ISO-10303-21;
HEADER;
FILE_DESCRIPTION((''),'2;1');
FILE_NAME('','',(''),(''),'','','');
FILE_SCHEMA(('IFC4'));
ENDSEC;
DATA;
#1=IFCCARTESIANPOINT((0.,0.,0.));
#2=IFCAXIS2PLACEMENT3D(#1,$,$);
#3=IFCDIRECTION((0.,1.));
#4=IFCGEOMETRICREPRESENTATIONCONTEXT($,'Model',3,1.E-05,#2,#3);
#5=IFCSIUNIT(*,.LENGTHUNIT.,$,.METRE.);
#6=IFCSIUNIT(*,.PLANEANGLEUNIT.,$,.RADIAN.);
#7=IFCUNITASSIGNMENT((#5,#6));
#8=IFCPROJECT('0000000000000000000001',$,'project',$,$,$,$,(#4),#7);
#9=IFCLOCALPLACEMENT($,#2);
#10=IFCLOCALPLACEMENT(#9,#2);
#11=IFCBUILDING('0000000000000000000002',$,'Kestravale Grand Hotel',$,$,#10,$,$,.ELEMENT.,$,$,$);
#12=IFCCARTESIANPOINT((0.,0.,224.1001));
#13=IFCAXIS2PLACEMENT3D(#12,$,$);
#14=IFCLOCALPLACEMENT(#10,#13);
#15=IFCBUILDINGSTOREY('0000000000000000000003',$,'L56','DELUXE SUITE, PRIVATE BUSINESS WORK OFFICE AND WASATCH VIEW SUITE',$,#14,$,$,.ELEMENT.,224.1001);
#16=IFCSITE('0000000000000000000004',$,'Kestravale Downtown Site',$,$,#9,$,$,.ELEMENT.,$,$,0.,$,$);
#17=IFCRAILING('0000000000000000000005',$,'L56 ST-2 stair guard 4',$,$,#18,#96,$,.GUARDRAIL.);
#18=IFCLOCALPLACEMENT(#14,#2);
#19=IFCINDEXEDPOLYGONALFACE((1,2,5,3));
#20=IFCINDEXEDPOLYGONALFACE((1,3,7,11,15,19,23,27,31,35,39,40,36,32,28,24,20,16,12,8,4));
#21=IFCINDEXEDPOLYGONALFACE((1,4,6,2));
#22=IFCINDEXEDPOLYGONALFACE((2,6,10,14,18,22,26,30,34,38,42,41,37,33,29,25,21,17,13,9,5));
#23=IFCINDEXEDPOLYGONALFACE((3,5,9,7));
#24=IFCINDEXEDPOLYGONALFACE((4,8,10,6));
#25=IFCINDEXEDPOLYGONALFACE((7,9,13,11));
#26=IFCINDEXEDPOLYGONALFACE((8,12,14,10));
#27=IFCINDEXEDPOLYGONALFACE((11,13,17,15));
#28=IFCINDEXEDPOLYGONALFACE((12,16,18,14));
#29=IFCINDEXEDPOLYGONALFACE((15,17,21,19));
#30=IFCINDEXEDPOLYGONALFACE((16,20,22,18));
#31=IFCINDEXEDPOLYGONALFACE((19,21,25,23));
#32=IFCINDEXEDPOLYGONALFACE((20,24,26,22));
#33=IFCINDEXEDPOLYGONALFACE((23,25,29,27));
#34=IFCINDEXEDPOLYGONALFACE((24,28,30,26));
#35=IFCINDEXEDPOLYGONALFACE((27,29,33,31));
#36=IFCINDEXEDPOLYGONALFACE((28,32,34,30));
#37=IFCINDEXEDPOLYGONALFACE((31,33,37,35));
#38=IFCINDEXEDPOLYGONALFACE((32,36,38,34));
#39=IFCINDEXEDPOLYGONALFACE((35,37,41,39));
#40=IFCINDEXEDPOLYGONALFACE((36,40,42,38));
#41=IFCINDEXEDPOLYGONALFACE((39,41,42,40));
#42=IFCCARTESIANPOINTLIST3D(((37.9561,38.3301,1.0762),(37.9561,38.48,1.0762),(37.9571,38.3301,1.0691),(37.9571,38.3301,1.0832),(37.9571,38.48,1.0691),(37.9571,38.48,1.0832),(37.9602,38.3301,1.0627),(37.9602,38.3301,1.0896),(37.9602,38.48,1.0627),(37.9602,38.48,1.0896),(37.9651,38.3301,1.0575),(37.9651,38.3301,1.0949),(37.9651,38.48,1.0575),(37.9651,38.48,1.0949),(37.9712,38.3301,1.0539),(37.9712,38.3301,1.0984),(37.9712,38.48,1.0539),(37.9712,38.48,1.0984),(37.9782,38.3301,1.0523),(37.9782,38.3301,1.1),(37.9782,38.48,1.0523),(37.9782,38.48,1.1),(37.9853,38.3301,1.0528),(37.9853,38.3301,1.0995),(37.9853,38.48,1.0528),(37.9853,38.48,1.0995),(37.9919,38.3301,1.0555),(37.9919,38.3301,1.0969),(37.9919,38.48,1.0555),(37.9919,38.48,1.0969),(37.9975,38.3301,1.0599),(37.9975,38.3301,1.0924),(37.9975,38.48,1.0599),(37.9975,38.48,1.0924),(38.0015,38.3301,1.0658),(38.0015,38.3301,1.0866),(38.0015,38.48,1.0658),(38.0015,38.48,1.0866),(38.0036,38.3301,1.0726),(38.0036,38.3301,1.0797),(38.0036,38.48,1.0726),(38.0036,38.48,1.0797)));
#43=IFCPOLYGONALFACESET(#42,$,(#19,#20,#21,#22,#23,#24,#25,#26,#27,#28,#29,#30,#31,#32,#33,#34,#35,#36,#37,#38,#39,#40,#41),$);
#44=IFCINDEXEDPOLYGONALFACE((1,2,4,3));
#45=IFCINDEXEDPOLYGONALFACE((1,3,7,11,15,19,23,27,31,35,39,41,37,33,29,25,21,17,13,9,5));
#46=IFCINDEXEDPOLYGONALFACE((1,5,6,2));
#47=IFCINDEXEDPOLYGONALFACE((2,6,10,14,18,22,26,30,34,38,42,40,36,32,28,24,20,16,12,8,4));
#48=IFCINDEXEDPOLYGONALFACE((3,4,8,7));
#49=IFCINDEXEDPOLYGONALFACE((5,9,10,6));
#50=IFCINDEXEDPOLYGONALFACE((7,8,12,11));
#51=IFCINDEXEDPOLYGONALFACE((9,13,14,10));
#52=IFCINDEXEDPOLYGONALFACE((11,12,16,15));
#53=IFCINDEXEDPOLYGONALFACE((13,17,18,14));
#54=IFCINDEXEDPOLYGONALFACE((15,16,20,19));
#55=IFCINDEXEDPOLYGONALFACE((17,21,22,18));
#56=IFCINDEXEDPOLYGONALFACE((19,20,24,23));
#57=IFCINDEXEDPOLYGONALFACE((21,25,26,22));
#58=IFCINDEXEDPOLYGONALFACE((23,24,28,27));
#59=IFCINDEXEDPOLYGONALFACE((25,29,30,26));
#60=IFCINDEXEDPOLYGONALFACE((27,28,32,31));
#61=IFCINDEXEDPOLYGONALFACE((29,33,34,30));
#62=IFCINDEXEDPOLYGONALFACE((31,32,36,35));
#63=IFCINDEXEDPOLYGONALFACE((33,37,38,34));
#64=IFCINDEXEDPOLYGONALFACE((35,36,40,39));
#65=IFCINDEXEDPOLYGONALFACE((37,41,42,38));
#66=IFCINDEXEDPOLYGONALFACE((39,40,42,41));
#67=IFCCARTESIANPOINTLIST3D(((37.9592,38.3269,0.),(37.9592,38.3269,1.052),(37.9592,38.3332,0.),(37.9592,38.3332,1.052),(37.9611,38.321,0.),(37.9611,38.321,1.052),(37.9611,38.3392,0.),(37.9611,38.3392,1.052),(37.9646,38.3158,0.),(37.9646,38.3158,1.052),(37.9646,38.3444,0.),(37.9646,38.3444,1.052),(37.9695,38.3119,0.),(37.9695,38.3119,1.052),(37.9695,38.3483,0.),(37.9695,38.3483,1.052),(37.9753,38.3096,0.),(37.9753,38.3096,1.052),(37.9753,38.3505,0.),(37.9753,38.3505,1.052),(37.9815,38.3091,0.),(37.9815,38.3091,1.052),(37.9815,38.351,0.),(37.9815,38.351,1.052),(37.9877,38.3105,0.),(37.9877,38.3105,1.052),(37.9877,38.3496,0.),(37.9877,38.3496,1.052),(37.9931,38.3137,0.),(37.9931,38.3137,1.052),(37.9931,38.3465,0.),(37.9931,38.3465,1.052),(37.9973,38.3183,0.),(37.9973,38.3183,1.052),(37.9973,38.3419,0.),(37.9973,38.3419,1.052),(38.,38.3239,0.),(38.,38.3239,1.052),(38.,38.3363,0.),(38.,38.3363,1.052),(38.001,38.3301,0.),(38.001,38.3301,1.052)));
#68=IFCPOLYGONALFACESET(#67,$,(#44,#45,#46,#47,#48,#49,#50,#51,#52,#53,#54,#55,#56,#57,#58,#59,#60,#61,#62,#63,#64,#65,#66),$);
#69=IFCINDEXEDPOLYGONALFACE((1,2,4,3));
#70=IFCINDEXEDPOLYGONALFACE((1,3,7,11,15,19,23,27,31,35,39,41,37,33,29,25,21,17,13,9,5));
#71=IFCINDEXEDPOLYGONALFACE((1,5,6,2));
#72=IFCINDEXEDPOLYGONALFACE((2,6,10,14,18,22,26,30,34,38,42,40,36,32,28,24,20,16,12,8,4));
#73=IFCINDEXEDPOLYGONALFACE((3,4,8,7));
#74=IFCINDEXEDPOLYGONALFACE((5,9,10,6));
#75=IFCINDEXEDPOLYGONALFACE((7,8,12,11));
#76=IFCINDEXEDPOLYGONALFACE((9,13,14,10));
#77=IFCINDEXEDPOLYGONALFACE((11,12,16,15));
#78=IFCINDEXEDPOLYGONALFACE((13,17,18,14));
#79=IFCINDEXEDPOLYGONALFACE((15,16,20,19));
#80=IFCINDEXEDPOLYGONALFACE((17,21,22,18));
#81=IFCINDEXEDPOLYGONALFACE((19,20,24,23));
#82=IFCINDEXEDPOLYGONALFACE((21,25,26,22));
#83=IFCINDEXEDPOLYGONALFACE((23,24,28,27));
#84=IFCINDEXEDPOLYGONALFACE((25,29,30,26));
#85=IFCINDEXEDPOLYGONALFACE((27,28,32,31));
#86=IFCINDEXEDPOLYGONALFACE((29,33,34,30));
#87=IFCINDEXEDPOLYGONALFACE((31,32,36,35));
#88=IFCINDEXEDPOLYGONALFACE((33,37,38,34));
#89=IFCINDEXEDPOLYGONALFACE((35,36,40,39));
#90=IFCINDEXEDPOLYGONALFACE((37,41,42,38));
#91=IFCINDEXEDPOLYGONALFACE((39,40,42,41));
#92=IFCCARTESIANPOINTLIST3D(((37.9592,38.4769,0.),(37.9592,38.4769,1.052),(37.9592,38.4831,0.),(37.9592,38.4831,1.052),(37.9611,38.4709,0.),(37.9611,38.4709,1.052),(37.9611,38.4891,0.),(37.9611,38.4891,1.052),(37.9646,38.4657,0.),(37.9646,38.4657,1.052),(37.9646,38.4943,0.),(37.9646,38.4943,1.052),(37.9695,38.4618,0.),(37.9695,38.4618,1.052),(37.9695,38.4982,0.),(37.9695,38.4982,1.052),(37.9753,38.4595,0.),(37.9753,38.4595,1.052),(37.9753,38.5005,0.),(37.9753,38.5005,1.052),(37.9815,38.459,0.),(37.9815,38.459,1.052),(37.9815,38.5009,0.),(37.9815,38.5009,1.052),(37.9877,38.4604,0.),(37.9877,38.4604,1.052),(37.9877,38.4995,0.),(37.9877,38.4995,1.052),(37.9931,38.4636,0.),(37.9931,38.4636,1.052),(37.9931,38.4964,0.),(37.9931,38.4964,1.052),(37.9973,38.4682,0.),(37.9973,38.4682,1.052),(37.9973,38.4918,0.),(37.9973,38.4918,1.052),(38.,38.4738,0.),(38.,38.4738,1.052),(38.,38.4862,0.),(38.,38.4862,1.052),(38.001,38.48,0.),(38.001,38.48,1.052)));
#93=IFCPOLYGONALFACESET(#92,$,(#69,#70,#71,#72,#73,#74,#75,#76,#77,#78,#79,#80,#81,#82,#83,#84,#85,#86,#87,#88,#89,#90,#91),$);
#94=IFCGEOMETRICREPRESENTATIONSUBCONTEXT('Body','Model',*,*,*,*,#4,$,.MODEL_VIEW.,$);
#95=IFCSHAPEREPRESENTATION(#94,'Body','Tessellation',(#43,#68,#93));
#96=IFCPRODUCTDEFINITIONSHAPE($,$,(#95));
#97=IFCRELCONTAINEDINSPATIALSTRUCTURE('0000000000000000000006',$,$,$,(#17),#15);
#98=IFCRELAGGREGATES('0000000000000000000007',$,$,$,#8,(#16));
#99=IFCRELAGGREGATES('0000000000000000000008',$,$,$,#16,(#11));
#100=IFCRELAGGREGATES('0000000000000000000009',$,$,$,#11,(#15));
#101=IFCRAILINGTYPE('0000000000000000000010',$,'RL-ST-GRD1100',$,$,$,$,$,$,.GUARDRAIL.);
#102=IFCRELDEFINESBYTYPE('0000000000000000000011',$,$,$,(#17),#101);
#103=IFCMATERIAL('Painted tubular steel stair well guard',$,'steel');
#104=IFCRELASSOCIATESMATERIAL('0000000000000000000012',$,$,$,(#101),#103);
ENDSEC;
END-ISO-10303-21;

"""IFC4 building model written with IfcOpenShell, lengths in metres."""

from ifc_helpers import new_model, si_unit, direction, frame, origin, origin_2d, place, context, subcontext, project, spatial, circle, extrude, material, type_object, element, save


model = new_model("IFC4")

# Units and contexts
model_context = context("Model", 3, precision=1e-05, world=origin(), true_north=direction((0.0, 1.0)))
body_context = subcontext(model_context, "Body", "Model", "MODEL_VIEW")
ifc_project = project(units=[si_unit("LENGTHUNIT", "METRE"), si_unit("PLANEANGLEUNIT", "RADIAN")], contexts=[model_context])

# Site, building, storey
site_placement = place(None, origin())
site = spatial("IfcSite", under=ifc_project, at=site_placement, Name="Kestravale Downtown Site", CompositionType="ELEMENT", RefElevation=0.0)
building_placement = place(site_placement, origin())
building = spatial("IfcBuilding", under=site, at=building_placement, Name="Kestravale Grand Hotel", CompositionType="ELEMENT")
storey_placement = place(building_placement, frame((0.0, 0.0, 224.1001)))
storey = spatial("IfcBuildingStorey", under=building, at=storey_placement, Name="L56", Description="DELUXE SUITE, PRIVATE BUSINESS WORK OFFICE AND WASATCH VIEW SUITE", CompositionType="ELEMENT", Elevation=224.1001)

# Railing
ifc_material_1 = material(Name="Painted tubular steel stair well guard", Category="steel")
railing_type = type_object("IfcRailingType", Name="RL-ST-GRD1100", PredefinedType="GUARDRAIL", material=ifc_material_1)
railing_1_placement = place(storey_placement, frame((37.98, 38.3301, 0.0)))
element("IfcRailing", 1, at=railing_1_placement, inside=storey, type_object=railing_type, Name="L56 ST-2 stair guard 4", PredefinedType="GUARDRAIL", context=body_context, shape_type="SweptSolid", body=[
    extrude(circle(Radius=0.0239, at=origin_2d()), frame((0.0, 0.0, 1.0762), z_axis=(0.0, 1.0, 0.0), x_axis=(-1.0, 0.0, 0.0)), (0.0, 0.0, 1.0), 0.1499),
    extrude(circle(Radius=0.021, at=origin_2d()), origin(), (0.0, 0.0, 1.0), 1.052),
    extrude(circle(Radius=0.021, at=origin_2d()), frame((0.0, 0.1499, 0.0)), (0.0, 0.0, 1.0), 1.052),
])

save(model, "model.ifc")
